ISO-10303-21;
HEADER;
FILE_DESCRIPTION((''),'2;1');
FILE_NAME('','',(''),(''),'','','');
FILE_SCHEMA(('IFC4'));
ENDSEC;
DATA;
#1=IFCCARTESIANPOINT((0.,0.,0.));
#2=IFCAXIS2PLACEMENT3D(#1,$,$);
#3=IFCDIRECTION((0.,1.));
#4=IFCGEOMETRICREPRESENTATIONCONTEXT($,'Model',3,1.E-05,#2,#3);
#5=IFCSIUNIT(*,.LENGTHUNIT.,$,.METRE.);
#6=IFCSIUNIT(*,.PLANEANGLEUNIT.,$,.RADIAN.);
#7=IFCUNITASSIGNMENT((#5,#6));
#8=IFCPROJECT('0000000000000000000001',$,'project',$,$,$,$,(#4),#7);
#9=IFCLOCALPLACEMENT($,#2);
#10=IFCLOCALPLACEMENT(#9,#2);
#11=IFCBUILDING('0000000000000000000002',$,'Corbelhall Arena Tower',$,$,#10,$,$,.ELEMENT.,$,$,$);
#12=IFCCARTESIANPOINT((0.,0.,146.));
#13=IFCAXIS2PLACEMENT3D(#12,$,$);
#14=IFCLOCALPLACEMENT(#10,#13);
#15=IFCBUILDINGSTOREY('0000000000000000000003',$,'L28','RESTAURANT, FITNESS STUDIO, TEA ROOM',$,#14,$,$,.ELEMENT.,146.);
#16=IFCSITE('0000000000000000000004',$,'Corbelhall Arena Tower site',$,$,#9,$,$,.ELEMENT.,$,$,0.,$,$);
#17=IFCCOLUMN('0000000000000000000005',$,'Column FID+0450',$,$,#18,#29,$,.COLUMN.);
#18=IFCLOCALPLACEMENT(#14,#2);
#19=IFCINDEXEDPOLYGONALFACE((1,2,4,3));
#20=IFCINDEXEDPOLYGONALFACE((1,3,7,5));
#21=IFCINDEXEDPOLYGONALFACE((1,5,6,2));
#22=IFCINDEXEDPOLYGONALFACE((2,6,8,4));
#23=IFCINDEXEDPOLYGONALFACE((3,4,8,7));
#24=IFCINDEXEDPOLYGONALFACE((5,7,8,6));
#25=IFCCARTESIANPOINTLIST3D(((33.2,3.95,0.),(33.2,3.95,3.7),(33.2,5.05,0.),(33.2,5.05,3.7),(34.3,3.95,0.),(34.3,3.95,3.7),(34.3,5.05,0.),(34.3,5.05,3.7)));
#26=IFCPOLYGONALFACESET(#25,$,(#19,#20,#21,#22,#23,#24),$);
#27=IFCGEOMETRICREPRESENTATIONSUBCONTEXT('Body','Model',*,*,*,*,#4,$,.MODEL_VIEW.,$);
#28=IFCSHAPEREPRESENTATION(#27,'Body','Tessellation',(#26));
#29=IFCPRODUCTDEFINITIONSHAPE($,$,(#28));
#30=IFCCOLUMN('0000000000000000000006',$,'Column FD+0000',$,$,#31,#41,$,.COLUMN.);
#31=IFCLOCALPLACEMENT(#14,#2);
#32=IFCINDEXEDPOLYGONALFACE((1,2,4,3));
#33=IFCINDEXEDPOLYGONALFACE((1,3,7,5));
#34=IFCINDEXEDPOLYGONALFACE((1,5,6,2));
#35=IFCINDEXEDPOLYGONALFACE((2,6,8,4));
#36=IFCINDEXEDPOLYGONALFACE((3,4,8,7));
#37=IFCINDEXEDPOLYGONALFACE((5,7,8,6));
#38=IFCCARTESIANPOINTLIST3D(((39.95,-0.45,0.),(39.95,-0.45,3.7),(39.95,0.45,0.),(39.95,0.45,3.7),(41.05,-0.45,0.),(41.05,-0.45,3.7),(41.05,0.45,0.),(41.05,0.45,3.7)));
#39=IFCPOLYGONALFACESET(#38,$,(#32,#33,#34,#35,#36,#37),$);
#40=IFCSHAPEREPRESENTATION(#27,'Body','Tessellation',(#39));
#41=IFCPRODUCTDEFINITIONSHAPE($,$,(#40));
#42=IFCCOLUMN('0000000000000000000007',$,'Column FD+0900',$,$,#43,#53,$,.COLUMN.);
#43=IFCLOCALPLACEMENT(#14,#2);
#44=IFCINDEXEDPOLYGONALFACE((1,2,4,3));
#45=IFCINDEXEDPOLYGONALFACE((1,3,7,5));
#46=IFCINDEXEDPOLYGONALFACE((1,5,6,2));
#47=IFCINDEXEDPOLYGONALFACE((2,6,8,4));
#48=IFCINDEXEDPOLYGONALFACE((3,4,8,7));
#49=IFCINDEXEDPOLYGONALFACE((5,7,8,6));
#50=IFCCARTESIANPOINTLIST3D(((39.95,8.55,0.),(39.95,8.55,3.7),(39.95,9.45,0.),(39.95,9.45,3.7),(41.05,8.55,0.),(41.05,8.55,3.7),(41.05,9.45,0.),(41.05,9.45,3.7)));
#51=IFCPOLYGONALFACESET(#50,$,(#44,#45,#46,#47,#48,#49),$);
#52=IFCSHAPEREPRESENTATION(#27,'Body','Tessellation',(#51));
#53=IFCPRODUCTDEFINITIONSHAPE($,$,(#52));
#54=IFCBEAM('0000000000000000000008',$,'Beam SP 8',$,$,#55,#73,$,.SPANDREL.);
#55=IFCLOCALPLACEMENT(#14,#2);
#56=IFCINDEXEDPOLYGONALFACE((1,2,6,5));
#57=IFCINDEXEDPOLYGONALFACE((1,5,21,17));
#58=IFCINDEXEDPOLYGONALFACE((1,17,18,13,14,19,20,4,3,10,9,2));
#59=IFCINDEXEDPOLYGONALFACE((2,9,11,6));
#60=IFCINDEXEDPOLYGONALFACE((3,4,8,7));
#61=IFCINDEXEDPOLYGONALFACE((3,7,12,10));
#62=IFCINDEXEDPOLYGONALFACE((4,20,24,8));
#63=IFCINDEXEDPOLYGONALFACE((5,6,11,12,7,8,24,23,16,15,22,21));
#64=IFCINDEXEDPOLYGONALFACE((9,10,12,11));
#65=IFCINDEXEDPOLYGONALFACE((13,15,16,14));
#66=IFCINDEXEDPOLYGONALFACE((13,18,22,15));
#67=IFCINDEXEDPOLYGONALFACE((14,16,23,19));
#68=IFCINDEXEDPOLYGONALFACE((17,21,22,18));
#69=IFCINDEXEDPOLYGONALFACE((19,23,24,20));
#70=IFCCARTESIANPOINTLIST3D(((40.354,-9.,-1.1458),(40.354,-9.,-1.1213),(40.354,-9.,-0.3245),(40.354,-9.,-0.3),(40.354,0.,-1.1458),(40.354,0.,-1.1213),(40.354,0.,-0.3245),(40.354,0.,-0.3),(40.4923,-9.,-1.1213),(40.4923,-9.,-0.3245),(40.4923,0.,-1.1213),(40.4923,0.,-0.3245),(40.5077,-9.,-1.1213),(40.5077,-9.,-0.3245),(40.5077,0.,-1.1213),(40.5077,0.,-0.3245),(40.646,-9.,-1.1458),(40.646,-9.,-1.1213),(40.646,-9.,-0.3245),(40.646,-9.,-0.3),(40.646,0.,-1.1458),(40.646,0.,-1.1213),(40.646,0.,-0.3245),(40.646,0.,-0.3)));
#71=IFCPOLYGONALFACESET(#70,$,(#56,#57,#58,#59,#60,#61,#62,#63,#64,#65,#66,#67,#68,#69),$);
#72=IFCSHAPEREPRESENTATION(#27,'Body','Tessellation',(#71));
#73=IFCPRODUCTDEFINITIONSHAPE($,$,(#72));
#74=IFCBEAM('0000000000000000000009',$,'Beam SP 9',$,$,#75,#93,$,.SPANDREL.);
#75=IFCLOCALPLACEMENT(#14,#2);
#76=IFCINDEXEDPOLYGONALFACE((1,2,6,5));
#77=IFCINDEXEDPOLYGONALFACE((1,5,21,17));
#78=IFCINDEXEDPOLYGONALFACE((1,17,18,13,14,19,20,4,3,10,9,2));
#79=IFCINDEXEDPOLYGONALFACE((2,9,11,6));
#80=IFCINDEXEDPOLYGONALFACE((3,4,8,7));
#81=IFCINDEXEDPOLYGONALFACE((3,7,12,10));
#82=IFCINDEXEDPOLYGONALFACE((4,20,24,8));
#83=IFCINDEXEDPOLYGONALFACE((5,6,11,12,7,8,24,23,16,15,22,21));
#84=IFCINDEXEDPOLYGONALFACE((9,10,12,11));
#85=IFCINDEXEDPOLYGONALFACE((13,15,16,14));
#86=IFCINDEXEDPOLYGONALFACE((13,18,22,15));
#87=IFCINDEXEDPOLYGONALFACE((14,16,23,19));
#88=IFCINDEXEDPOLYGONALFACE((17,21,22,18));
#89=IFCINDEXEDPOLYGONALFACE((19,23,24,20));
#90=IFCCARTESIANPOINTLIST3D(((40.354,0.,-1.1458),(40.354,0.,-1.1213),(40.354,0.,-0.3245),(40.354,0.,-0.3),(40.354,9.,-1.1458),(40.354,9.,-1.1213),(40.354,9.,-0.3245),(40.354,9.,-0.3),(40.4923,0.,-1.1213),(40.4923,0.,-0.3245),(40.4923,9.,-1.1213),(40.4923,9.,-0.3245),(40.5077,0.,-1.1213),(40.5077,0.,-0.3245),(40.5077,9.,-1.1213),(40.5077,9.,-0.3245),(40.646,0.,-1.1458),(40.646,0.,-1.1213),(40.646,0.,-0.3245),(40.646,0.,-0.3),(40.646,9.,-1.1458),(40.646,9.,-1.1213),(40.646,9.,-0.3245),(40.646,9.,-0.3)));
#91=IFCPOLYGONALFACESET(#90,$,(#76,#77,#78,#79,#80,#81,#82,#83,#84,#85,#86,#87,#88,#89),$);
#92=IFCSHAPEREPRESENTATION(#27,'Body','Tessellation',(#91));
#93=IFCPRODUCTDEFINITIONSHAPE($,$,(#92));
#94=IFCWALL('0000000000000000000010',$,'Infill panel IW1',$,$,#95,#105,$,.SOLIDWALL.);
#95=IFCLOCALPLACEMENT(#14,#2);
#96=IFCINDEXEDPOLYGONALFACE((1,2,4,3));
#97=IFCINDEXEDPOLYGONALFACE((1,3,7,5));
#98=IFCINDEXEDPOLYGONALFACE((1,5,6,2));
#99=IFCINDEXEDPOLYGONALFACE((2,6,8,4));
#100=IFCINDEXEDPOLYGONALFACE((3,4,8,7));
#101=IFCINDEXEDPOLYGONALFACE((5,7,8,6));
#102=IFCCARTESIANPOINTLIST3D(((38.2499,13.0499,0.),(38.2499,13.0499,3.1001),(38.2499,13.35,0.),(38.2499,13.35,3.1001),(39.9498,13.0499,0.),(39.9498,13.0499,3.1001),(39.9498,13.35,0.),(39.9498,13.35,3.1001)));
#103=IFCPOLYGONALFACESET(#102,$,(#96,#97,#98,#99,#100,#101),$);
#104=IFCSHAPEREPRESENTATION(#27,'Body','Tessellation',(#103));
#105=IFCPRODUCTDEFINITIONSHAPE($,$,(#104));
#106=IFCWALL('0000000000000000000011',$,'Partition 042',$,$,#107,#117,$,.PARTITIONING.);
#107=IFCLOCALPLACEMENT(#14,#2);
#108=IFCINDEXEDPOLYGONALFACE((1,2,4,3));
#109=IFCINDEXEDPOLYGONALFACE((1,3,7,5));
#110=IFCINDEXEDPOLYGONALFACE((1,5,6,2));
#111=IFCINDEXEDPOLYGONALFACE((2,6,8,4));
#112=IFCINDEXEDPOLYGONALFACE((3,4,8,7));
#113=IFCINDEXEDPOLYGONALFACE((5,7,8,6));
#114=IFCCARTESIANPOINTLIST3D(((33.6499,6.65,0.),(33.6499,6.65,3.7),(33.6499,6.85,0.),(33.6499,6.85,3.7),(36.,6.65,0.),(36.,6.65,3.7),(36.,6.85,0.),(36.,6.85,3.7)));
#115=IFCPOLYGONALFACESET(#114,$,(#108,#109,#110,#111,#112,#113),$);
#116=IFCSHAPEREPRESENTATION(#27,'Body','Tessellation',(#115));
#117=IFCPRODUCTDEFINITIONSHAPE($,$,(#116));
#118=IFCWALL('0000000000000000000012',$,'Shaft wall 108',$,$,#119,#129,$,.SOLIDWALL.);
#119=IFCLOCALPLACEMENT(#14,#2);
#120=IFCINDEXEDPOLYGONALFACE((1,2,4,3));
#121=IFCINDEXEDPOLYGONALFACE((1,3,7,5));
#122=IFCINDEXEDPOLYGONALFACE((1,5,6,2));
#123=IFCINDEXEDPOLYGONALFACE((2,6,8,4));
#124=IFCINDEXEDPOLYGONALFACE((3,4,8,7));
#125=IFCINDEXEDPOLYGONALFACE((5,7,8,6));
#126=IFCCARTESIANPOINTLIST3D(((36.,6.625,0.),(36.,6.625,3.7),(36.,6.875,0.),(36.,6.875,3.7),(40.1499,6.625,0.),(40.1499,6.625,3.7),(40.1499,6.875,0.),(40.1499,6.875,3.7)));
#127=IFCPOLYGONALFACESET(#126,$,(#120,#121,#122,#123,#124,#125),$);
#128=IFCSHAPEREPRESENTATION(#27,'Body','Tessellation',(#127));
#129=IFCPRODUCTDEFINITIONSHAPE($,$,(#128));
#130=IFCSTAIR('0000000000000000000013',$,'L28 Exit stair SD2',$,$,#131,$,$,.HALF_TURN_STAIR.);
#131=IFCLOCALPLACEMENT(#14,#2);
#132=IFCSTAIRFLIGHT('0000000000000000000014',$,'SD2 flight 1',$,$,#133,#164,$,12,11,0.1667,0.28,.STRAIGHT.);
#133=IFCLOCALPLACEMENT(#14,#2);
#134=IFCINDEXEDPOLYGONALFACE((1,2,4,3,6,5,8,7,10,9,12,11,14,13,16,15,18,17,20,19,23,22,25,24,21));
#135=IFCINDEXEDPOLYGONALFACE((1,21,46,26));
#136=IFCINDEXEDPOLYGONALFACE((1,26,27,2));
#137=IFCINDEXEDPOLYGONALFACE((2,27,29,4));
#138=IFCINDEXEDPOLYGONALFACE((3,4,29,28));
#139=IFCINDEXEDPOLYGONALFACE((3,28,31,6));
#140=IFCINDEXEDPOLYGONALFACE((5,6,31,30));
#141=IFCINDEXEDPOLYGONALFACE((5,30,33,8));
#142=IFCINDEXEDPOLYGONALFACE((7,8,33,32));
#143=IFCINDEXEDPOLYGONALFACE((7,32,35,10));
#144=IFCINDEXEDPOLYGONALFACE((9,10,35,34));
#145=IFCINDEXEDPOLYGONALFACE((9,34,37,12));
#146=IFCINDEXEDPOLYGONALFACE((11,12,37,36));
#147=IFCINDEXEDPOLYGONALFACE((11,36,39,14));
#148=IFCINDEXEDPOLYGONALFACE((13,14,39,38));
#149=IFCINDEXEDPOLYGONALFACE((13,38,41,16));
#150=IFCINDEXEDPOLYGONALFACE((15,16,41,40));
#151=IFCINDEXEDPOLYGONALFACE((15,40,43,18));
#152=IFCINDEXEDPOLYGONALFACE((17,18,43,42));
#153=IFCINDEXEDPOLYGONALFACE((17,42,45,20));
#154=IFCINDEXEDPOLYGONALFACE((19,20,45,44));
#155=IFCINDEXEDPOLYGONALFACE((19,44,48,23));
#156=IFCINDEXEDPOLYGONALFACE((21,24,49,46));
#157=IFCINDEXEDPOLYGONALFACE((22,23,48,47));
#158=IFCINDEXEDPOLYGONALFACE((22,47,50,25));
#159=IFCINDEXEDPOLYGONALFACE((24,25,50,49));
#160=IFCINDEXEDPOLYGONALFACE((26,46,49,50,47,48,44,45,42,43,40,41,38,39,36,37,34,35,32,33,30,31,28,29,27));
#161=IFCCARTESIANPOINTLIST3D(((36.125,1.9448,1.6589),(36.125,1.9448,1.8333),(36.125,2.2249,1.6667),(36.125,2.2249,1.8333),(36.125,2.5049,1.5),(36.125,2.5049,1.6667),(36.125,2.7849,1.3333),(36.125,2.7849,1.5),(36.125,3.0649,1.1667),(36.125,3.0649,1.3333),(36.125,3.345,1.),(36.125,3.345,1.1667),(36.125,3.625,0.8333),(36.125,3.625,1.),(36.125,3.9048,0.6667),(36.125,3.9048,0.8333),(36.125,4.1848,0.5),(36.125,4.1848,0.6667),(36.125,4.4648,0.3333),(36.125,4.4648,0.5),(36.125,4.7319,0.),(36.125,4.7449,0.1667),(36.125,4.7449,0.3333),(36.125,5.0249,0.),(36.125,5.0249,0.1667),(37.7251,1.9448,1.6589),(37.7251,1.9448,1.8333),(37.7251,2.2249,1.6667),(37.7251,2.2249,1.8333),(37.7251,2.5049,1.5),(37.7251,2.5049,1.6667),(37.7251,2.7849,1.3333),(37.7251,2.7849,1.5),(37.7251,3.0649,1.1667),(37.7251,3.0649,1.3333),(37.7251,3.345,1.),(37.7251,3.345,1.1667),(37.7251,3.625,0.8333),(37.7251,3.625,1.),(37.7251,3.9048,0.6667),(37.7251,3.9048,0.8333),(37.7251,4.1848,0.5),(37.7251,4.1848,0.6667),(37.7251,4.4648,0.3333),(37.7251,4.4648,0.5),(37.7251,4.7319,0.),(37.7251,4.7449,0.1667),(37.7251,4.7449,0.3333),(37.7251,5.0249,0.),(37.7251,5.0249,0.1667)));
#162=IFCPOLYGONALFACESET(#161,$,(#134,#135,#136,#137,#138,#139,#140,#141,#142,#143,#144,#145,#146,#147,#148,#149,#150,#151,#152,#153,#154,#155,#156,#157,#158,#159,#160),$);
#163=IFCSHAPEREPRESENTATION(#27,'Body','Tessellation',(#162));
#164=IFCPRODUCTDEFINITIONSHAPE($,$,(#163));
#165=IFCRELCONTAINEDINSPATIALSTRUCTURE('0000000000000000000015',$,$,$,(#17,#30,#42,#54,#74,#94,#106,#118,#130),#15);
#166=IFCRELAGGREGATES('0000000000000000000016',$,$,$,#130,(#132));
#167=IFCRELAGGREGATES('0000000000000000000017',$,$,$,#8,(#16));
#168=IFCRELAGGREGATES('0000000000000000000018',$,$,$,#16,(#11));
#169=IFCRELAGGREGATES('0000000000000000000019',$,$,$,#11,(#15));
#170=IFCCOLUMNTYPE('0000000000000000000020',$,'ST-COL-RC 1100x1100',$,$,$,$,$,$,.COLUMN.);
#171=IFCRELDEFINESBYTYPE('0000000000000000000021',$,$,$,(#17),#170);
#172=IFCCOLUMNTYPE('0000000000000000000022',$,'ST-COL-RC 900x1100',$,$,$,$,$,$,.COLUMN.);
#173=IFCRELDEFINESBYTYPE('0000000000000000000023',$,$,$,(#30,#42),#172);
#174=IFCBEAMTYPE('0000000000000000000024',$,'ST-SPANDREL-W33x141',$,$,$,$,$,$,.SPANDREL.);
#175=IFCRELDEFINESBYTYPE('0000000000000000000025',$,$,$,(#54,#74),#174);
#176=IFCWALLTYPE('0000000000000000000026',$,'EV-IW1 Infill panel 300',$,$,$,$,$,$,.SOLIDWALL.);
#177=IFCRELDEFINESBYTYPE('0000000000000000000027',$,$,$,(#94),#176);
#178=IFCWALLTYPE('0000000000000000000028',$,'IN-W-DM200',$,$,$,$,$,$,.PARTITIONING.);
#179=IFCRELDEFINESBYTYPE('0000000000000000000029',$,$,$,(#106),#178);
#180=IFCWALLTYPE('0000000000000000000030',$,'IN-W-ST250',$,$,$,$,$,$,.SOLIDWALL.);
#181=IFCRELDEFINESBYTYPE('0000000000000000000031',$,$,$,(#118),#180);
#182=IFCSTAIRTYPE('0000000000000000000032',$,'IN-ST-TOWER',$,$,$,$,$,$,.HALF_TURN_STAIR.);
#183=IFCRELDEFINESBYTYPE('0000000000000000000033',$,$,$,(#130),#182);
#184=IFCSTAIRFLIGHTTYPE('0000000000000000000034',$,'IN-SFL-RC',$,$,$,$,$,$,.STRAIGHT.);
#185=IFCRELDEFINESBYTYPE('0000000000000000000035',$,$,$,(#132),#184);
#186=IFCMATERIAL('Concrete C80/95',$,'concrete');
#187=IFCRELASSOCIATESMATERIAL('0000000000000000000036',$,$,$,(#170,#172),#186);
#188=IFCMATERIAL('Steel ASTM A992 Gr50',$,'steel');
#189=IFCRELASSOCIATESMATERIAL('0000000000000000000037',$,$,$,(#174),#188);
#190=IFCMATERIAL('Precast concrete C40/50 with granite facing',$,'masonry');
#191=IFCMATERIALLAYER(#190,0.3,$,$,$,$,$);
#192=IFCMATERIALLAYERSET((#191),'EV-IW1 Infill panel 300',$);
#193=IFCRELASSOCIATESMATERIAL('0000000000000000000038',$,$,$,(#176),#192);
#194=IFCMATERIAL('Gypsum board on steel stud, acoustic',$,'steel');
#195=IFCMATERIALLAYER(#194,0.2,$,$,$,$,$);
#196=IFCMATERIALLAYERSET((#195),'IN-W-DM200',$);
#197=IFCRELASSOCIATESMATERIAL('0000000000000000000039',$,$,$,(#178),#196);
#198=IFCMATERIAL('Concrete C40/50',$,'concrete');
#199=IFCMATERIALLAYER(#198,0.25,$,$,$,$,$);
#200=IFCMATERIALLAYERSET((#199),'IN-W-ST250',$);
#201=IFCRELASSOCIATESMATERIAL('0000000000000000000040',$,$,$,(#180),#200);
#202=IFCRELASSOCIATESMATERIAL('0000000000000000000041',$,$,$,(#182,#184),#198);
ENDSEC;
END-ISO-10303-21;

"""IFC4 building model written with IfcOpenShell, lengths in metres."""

from ifc_helpers import new_model, si_unit, direction, frame, frame_2d, origin, origin_2d, place, context, subcontext, project, spatial, polyline, rectangle, i_section, outline, extrude, material, layer, layer_set, material_profile, profile_set, type_object, element, aggregate, save


model = new_model("IFC4")

# Units and contexts
model_context = context("Model", 3, precision=1e-05, world=origin(), true_north=direction((0.0, 1.0)))
body_context = subcontext(model_context, "Body", "Model", "MODEL_VIEW")
ifc_project = project(units=[si_unit("LENGTHUNIT", "METRE"), si_unit("PLANEANGLEUNIT", "RADIAN")], contexts=[model_context])

# Site, building, storey
site_placement = place(None, origin())
site = spatial("IfcSite", under=ifc_project, at=site_placement, Name="Corbelhall Arena Tower site", CompositionType="ELEMENT", RefElevation=0.0)
building_placement = place(site_placement, origin())
building = spatial("IfcBuilding", under=site, at=building_placement, Name="Corbelhall Arena Tower", CompositionType="ELEMENT")
storey_placement = place(building_placement, frame((0.0, 0.0, 146.0)))
storey = spatial("IfcBuildingStorey", under=building, at=storey_placement, Name="L28", Description="RESTAURANT, FITNESS STUDIO, TEA ROOM", CompositionType="ELEMENT", Elevation=146.0)

# Columns
ifc_material_1 = material(Name="Concrete C80/95", Category="concrete")
ifc_material_profile_1 = material_profile(ifc_material_1, rectangle(XDim=1.1001, YDim=1.1001, at=origin_2d()))
ifc_profile_set_1 = profile_set([ifc_material_profile_1], Name="Concrete C80/95")
column_type_1 = type_object("IfcColumnType", Name="ST-COL-RC 1100x1100", PredefinedType="COLUMN", material=ifc_profile_set_1)
column_placement = place(storey_placement, frame((33.75, 4.5, 0.0), z_axis=(0.0, 0.0, 1.0), x_axis=(1.0, 0.0, 0.0)))
element("IfcColumn", 1, at=column_placement, inside=storey, type_object=column_type_1, Name="Column FID+0450", PredefinedType="COLUMN", context=body_context, shape_type="SweptSolid", body=[
    extrude(rectangle(XDim=1.1001, YDim=1.1001, at=origin_2d()), origin(), (0.0, 0.0, 1.0), 3.7),
])
ifc_material_profile_2 = material_profile(ifc_material_1, rectangle(XDim=0.8999, YDim=1.1001, at=origin_2d()))
ifc_profile_set_2 = profile_set([ifc_material_profile_2], Name="Concrete C80/95")
column_type_2 = type_object("IfcColumnType", Name="ST-COL-RC 900x1100", PredefinedType="COLUMN", material=ifc_profile_set_2)
for number, where, z_axis, x_axis, name in (
    (2, (40.5, 0.0, 0.0), (0.0, 0.0, 1.0), (0.0, 1.0, 0.0), "Column FD+0000"),
    (3, (40.5, 9.0, 0.0), (0.0, 0.0, 1.0), (0.0, 1.0, 0.0), "Column FD+0900"),
):
    element("IfcColumn", number, at=place(storey_placement, frame(where, z_axis=z_axis, x_axis=x_axis)), inside=storey, type_object=column_type_2, Name=name, PredefinedType="COLUMN", context=body_context, shape_type="SweptSolid", body=[
        extrude(rectangle(XDim=0.8999, YDim=1.1001, at=origin_2d()), origin(), (0.0, 0.0, 1.0), 3.7),
    ])

# Beams
ifc_material_2 = material(Name="Steel ASTM A992 Gr50", Category="steel")
ifc_material_profile_3 = material_profile(ifc_material_2, i_section(OverallWidth=0.292, OverallDepth=0.8457, WebThickness=0.0154, FlangeThickness=0.0244, at=origin_2d()))
ifc_profile_set_3 = profile_set([ifc_material_profile_3], Name="Steel ASTM A992 Gr50")
beam_type = type_object("IfcBeamType", Name="ST-SPANDREL-W33x141", PredefinedType="SPANDREL", material=ifc_profile_set_3)
for number, where, z_axis, x_axis, name in (
    (4, (40.5, 0.0, -0.7229), (0.0, -1.0, 0.0), (1.0, 0.0, 0.0), "Beam SP 8"),
    (5, (40.5, 9.0, -0.7229), (0.0, -1.0, 0.0), (1.0, 0.0, 0.0), "Beam SP 9"),
):
    element("IfcBeam", number, at=place(storey_placement, frame(where, z_axis=z_axis, x_axis=x_axis)), inside=storey, type_object=beam_type, Name=name, PredefinedType="SPANDREL", context=body_context, shape_type="SweptSolid", body=[
        extrude(i_section(OverallWidth=0.292, OverallDepth=0.8457, WebThickness=0.0154, FlangeThickness=0.0244, at=origin_2d()), origin(), (0.0, 0.0, 1.0), 9.0),
    ])

# Wall
ifc_material_3 = material(Name="Precast concrete C40/50 with granite facing", Category="masonry")
ifc_layer_1 = layer(ifc_material_3, 0.3)
ifc_layer_set_1 = layer_set([ifc_layer_1], Name="EV-IW1 Infill panel 300")
wall_type_1 = type_object("IfcWallType", Name="EV-IW1 Infill panel 300", PredefinedType="SOLIDWALL", material=ifc_layer_set_1)
wall_1_placement = place(storey_placement, frame((39.95, 13.2, 0.0), z_axis=(0.0, 0.0, 1.0), x_axis=(-1.0, 0.0, 0.0)))
element("IfcWall", 6, at=wall_1_placement, inside=storey, type_object=wall_type_1, Name="Infill panel IW1", PredefinedType="SOLIDWALL", context=body_context, shape_type="SweptSolid", body=[
    extrude(rectangle(XDim=1.7, YDim=0.3, at=frame_2d((0.8501, 0.0))), origin(), (0.0, 0.0, 1.0), 3.1001),
])

# Walls
ifc_material_4 = material(Name="Gypsum board on steel stud, acoustic", Category="steel")
ifc_layer_2 = layer(ifc_material_4, 0.2)
ifc_layer_set_2 = layer_set([ifc_layer_2], Name="IN-W-DM200")
wall_type_2 = type_object("IfcWallType", Name="IN-W-DM200", PredefinedType="PARTITIONING", material=ifc_layer_set_2)
wall_2_placement = place(storey_placement, frame((33.6499, 6.75, 0.0), z_axis=(0.0, 0.0, 1.0), x_axis=(1.0, 0.0, 0.0)))
element("IfcWall", 7, at=wall_2_placement, inside=storey, type_object=wall_type_2, Name="Partition 042", PredefinedType="PARTITIONING", context=body_context, shape_type="SweptSolid", body=[
    extrude(rectangle(XDim=2.3501, YDim=0.2, at=frame_2d((1.175, 0.0))), origin(), (0.0, 0.0, 1.0), 3.7),
])
ifc_material_5 = material(Name="Concrete C40/50", Category="concrete")
ifc_layer_3 = layer(ifc_material_5, 0.25)
ifc_layer_set_3 = layer_set([ifc_layer_3], Name="IN-W-ST250")
wall_type_3 = type_object("IfcWallType", Name="IN-W-ST250", PredefinedType="SOLIDWALL", material=ifc_layer_set_3)
wall_3_placement = place(storey_placement, frame((36.0, 6.75, 0.0), z_axis=(0.0, 0.0, 1.0), x_axis=(1.0, 0.0, 0.0)))
element("IfcWall", 8, at=wall_3_placement, inside=storey, type_object=wall_type_3, Name="Shaft wall 108", PredefinedType="SOLIDWALL", context=body_context, shape_type="SweptSolid", body=[
    extrude(rectangle(XDim=4.1499, YDim=0.25, at=frame_2d((2.075, 0.0))), origin(), (0.0, 0.0, 1.0), 3.7),
])

# Stair, stair flight
stair_type = type_object("IfcStairType", Name="IN-ST-TOWER", PredefinedType="HALF_TURN_STAIR", material=ifc_material_5)
stair_placement = place(storey_placement, origin())
stair = element("IfcStair", 9, at=stair_placement, inside=storey, type_object=stair_type, Name="L28 Exit stair SD2", PredefinedType="HALF_TURN_STAIR")
stair_flight_type = type_object("IfcStairFlightType", Name="IN-SFL-RC", PredefinedType="STRAIGHT", material=ifc_material_5)
stair_flight_1_placement = place(storey_placement, frame((36.925, 5.0249, 0.0), z_axis=(0.0, 0.0, 1.0), x_axis=(0.0, -1.0, 0.0)))
stair_flight_1 = element("IfcStairFlight", 10, at=stair_flight_1_placement, type_object=stair_flight_type, Name="SD2 flight 1", NumberOfRisers=12, NumberOfTreads=11, PredefinedType="STRAIGHT", RiserHeight=0.1667, TreadLength=0.28, context=body_context, shape_type="SweptSolid", body=[
    extrude(outline(polyline([(0.0, 0.0), (0.0, 0.1667), (0.28, 0.1667), (0.28, 0.3333), (0.5601, 0.3333), (0.5601, 0.5), (0.8401, 0.5), (0.8401, 0.6667), (1.1201, 0.6667), (1.1201, 0.8333), (1.3999, 0.8333), (1.3999, 1.0), (1.6799, 1.0), (1.6799, 1.1667), (1.96, 1.1667), (1.96, 1.3333), (2.24, 1.3333), (2.24, 1.5), (2.52, 1.5), (2.52, 1.6667), (2.8, 1.6667), (2.8, 1.8333), (3.0801, 1.8333), (3.0801, 2.0), (3.0801, 1.6589), (0.293, 0.0), (0.0, 0.0)])), frame((0.0, 0.8, 0.0), z_axis=(0.0, -1.0, 0.0), x_axis=(1.0, 0.0, 0.0)), (0.0, 0.0, 1.0), 1.6001),
])
aggregate(stair, [stair_flight_1])

save(model, "model.ifc")
